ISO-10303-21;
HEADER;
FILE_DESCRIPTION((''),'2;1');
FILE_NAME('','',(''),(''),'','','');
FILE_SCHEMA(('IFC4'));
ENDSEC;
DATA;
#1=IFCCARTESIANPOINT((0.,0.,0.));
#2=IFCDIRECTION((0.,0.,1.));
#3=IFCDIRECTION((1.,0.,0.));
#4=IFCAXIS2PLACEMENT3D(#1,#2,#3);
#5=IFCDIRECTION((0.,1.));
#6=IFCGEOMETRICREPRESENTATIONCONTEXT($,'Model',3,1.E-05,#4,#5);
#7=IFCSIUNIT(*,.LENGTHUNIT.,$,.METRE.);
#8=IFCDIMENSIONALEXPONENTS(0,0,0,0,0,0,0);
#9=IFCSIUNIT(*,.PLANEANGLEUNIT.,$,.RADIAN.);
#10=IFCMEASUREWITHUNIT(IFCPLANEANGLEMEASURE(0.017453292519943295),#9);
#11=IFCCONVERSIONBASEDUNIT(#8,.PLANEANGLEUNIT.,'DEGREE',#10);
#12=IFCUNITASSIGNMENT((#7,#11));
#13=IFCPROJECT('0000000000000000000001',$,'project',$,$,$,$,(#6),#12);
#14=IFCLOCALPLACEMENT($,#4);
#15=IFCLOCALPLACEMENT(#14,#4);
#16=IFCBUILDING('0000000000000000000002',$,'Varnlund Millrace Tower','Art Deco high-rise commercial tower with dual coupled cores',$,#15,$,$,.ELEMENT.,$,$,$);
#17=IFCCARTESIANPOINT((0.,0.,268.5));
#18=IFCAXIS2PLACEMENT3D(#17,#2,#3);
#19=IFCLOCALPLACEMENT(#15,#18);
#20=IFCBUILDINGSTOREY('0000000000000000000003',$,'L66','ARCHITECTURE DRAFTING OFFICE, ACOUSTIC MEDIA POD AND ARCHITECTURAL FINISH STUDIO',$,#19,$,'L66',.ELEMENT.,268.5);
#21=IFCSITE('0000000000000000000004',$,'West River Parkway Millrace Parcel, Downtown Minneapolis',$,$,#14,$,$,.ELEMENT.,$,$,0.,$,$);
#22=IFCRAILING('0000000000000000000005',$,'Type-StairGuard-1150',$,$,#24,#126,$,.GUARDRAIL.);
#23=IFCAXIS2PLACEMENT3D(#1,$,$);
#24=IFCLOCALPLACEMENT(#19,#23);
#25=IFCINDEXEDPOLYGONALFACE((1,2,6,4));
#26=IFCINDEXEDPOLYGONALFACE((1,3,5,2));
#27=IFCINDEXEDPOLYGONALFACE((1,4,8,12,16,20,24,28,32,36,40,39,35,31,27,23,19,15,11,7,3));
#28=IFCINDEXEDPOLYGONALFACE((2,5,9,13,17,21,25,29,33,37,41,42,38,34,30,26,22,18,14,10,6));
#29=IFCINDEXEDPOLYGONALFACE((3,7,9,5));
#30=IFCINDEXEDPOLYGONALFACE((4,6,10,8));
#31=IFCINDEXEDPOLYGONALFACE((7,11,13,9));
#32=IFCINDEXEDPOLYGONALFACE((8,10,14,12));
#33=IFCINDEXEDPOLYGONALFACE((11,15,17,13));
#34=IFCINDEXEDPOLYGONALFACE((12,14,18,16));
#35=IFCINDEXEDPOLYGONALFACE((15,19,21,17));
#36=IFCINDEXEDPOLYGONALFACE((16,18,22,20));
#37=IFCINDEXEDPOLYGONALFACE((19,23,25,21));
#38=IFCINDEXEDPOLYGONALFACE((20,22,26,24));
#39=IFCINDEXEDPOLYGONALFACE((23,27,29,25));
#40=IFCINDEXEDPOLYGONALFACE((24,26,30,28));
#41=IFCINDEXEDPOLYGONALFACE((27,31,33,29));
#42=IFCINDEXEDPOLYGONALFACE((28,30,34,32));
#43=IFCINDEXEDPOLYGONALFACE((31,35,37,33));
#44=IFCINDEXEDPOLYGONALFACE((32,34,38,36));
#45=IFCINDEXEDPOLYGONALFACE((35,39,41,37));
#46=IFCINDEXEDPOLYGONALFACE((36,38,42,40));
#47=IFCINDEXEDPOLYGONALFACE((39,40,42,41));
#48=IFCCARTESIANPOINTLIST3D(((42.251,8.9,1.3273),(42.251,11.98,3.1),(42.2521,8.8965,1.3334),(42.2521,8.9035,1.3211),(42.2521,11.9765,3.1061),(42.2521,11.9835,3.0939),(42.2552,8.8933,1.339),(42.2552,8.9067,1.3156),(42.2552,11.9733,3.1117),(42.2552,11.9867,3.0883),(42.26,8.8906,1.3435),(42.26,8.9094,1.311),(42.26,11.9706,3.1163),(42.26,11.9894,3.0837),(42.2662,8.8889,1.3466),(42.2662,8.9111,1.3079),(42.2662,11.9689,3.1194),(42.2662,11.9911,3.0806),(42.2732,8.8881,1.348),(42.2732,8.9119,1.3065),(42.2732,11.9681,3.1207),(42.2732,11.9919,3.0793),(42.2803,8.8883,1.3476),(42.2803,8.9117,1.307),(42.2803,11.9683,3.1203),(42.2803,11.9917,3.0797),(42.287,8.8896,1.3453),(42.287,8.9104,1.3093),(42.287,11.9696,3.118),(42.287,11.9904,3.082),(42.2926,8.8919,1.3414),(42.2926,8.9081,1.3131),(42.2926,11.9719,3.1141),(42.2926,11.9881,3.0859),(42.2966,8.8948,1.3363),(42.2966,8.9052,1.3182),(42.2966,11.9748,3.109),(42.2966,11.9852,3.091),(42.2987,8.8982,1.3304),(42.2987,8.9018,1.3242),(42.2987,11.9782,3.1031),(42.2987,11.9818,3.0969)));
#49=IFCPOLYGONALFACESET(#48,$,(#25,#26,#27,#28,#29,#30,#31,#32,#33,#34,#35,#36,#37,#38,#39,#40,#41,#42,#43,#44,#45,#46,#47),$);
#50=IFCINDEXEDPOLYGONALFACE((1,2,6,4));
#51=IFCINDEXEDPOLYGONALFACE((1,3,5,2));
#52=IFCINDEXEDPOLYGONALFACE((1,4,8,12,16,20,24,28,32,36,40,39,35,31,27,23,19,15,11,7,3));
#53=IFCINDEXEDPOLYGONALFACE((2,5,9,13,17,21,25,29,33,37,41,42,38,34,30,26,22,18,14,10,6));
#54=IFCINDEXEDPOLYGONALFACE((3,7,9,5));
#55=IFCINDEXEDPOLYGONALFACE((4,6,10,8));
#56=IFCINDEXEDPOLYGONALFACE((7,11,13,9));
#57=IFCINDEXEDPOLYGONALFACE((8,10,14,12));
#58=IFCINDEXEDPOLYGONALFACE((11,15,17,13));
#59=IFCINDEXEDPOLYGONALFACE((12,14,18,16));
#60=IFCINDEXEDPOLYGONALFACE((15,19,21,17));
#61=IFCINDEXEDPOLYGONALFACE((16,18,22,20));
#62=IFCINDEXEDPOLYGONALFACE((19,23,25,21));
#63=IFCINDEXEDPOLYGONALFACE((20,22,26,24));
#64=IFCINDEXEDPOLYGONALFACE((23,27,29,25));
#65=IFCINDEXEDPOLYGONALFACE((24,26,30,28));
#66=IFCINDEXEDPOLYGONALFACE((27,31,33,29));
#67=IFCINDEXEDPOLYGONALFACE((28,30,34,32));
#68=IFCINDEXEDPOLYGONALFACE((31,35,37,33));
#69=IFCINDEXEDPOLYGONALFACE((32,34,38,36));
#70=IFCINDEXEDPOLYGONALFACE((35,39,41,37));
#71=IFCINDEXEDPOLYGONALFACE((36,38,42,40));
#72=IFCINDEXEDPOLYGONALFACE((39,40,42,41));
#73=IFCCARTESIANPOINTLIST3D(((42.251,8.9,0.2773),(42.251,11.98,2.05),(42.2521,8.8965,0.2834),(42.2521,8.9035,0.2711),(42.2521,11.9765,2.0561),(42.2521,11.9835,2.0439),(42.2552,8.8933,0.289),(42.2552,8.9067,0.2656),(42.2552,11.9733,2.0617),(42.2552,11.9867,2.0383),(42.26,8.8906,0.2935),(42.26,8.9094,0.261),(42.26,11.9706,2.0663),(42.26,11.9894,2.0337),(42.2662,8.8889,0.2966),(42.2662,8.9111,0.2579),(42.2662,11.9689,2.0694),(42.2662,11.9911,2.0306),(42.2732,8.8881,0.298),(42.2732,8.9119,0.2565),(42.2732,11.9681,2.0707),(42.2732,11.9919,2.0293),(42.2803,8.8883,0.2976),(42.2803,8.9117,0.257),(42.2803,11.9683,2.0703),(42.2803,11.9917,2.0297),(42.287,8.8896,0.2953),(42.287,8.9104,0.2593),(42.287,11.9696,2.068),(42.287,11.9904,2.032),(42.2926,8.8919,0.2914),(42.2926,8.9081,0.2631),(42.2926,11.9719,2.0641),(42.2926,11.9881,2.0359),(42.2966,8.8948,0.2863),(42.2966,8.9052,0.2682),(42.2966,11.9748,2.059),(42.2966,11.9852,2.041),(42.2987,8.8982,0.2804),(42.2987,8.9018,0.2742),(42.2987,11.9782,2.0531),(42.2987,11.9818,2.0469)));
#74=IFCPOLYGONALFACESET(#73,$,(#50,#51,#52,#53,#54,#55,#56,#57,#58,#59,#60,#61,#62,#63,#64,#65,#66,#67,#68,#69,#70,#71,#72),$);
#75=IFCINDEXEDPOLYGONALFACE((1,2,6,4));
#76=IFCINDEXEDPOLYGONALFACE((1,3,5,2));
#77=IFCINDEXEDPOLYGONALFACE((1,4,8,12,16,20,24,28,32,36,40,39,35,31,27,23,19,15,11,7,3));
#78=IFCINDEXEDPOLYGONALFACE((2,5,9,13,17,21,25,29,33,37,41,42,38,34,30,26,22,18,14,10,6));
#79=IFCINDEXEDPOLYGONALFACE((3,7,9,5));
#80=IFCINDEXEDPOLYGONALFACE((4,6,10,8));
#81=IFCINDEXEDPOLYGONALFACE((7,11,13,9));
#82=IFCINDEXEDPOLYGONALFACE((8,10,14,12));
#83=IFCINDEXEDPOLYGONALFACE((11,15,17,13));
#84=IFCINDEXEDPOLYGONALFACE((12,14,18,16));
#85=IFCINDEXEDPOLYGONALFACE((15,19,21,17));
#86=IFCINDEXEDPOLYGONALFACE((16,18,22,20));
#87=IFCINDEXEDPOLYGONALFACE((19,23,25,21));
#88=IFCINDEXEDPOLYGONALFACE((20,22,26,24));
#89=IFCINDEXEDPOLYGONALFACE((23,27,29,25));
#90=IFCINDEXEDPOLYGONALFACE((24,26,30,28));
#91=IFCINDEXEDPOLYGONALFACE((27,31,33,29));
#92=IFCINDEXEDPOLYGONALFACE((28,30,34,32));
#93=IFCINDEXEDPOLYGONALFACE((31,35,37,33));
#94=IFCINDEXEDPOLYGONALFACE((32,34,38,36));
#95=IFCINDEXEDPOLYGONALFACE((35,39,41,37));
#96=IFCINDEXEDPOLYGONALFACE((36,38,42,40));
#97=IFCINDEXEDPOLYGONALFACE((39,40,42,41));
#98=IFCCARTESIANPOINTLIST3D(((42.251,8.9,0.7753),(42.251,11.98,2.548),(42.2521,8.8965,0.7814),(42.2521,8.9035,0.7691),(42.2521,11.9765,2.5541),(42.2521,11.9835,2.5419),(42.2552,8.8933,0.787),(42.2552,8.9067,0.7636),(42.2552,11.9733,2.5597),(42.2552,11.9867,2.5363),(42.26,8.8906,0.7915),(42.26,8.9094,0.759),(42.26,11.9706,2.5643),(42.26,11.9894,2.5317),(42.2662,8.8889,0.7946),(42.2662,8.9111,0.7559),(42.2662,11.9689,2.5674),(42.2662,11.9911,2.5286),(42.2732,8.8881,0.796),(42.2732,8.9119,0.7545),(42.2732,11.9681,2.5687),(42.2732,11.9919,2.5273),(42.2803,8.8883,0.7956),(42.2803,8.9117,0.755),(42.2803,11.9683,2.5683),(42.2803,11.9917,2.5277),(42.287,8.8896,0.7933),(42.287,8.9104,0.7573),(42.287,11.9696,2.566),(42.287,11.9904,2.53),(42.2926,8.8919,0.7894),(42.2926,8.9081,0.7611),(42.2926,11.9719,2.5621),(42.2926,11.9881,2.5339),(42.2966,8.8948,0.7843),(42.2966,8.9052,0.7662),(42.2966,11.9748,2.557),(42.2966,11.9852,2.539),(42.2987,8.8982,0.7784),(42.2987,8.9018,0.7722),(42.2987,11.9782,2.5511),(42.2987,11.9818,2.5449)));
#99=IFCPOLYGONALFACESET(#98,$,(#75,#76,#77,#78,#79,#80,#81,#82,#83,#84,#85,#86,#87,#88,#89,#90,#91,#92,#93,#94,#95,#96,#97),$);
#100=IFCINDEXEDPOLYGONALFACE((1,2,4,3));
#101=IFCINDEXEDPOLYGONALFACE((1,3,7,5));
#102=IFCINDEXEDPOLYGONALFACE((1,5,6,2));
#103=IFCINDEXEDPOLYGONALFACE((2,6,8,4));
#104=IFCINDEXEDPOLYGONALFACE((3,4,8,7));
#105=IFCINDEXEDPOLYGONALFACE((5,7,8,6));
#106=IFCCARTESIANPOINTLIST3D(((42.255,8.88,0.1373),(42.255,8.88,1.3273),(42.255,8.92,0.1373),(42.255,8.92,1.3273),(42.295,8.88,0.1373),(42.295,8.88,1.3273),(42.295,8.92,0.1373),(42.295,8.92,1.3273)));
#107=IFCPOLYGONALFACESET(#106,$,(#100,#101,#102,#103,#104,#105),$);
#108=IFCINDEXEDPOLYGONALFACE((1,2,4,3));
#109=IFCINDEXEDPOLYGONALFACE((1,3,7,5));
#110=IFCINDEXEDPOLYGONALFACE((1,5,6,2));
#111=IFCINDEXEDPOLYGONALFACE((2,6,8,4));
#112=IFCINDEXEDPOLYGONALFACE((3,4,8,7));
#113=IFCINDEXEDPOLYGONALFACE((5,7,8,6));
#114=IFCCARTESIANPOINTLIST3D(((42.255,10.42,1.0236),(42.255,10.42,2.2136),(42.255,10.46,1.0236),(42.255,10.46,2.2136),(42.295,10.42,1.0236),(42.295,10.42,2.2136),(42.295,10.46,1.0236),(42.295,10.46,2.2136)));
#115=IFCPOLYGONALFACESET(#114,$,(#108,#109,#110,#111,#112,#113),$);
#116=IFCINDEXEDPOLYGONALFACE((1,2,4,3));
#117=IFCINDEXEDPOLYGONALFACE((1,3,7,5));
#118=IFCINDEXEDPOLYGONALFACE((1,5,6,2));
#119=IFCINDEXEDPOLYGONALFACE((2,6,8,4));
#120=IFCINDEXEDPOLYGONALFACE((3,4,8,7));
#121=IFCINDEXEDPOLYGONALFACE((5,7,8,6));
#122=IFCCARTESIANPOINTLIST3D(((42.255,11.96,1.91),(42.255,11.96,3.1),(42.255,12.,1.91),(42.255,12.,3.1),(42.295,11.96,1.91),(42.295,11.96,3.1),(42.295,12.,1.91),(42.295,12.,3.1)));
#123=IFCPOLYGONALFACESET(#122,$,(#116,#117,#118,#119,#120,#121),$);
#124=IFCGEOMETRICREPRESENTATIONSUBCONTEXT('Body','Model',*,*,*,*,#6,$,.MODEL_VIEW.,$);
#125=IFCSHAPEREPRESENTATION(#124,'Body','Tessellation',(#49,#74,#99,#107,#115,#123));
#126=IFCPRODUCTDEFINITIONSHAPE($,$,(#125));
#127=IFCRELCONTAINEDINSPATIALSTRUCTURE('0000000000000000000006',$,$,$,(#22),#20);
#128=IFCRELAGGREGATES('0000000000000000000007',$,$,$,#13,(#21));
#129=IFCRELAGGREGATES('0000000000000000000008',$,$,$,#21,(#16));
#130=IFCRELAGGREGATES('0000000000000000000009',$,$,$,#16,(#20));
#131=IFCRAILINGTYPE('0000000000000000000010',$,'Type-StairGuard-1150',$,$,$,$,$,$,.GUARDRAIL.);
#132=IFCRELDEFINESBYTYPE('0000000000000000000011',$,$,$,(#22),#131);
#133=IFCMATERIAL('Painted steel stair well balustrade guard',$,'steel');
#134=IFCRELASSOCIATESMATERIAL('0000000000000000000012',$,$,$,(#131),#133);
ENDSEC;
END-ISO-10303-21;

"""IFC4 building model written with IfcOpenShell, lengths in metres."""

from ifc_helpers import new_model, entity, si_unit, converted_unit, direction, frame, origin_with_axes, origin_2d_with_axis, place, context, subcontext, project, spatial, rectangle, circle, extrude, material, type_object, element, save


model = new_model("IFC4")

# Units and contexts
model_context = context("Model", 3, precision=1e-05, world=origin_with_axes(), true_north=direction((0.0, 1.0)))
body_context = subcontext(model_context, "Body", "Model", "MODEL_VIEW")
ifc_project = project(units=[si_unit("LENGTHUNIT", "METRE"), converted_unit("PLANEANGLEUNIT", "DEGREE", entity("IfcPlaneAngleMeasure", 0.017453292519943295), si_unit("PLANEANGLEUNIT", "RADIAN"), dimensions=[0, 0, 0, 0, 0, 0, 0])], contexts=[model_context])

# Site, building, storey
site_placement = place(None, origin_with_axes())
site = spatial("IfcSite", under=ifc_project, at=site_placement, Name="West River Parkway Millrace Parcel, Downtown Minneapolis", CompositionType="ELEMENT", RefElevation=0.0)
building_placement = place(site_placement, origin_with_axes())
building = spatial("IfcBuilding", under=site, at=building_placement, Name="Varnlund Millrace Tower", Description="Art Deco high-rise commercial tower with dual coupled cores", CompositionType="ELEMENT")
storey_placement = place(building_placement, frame((0.0, 0.0, 268.5), z_axis=(0.0, 0.0, 1.0), x_axis=(1.0, 0.0, 0.0)))
storey = spatial("IfcBuildingStorey", under=building, at=storey_placement, Name="L66", Description="ARCHITECTURE DRAFTING OFFICE, ACOUSTIC MEDIA POD AND ARCHITECTURAL FINISH STUDIO", LongName="L66", CompositionType="ELEMENT", Elevation=268.5)

# Railing
ifc_material_1 = material(Name="Painted steel stair well balustrade guard", Category="steel")
railing_type_1 = type_object("IfcRailingType", Name="Type-StairGuard-1150", PredefinedType="GUARDRAIL", material=ifc_material_1)
railing_1_placement = place(storey_placement, frame((0.0, 0.0, -268.5), z_axis=(0.0, 0.0, 1.0), x_axis=(1.0, 0.0, 0.0)))
element("IfcRailing", 1, at=railing_1_placement, inside=storey, type_object=railing_type_1, Name="Type-StairGuard-1150", PredefinedType="GUARDRAIL", context=body_context, shape_type="SweptSolid", body=[
    extrude(circle(Radius=0.024, at=origin_2d_with_axis()), frame((42.275, 8.9, 269.8273), z_axis=(0.0, 0.866696, 0.498836), x_axis=(-1.0, 0.0, 0.0)), (0.0, 0.0, 1.0), 3.5537),
    extrude(circle(Radius=0.024, at=origin_2d_with_axis()), frame((42.275, 8.9, 268.7773), z_axis=(0.0, 0.866696, 0.498836), x_axis=(-1.0, 0.0, 0.0)), (0.0, 0.0, 1.0), 3.5537),
    extrude(circle(Radius=0.024, at=origin_2d_with_axis()), frame((42.275, 8.9, 269.2753), z_axis=(0.0, 0.866696, 0.498836), x_axis=(-1.0, 0.0, 0.0)), (0.0, 0.0, 1.0), 3.5537),
    extrude(rectangle(XDim=0.04, YDim=0.04, at=origin_2d_with_axis()), frame((42.275, 8.9, 268.6373), z_axis=(0.0, 0.0, 1.0), x_axis=(1.0, 0.0, 0.0)), (0.0, 0.0, 1.0), 1.19),
    extrude(rectangle(XDim=0.04, YDim=0.04, at=origin_2d_with_axis()), frame((42.275, 10.44, 269.5236), z_axis=(0.0, 0.0, 1.0), x_axis=(1.0, 0.0, 0.0)), (0.0, 0.0, 1.0), 1.19),
    extrude(rectangle(XDim=0.04, YDim=0.04, at=origin_2d_with_axis()), frame((42.275, 11.98, 270.41), z_axis=(0.0, 0.0, 1.0), x_axis=(1.0, 0.0, 0.0)), (0.0, 0.0, 1.0), 1.19),
])

save(model, "model.ifc")
